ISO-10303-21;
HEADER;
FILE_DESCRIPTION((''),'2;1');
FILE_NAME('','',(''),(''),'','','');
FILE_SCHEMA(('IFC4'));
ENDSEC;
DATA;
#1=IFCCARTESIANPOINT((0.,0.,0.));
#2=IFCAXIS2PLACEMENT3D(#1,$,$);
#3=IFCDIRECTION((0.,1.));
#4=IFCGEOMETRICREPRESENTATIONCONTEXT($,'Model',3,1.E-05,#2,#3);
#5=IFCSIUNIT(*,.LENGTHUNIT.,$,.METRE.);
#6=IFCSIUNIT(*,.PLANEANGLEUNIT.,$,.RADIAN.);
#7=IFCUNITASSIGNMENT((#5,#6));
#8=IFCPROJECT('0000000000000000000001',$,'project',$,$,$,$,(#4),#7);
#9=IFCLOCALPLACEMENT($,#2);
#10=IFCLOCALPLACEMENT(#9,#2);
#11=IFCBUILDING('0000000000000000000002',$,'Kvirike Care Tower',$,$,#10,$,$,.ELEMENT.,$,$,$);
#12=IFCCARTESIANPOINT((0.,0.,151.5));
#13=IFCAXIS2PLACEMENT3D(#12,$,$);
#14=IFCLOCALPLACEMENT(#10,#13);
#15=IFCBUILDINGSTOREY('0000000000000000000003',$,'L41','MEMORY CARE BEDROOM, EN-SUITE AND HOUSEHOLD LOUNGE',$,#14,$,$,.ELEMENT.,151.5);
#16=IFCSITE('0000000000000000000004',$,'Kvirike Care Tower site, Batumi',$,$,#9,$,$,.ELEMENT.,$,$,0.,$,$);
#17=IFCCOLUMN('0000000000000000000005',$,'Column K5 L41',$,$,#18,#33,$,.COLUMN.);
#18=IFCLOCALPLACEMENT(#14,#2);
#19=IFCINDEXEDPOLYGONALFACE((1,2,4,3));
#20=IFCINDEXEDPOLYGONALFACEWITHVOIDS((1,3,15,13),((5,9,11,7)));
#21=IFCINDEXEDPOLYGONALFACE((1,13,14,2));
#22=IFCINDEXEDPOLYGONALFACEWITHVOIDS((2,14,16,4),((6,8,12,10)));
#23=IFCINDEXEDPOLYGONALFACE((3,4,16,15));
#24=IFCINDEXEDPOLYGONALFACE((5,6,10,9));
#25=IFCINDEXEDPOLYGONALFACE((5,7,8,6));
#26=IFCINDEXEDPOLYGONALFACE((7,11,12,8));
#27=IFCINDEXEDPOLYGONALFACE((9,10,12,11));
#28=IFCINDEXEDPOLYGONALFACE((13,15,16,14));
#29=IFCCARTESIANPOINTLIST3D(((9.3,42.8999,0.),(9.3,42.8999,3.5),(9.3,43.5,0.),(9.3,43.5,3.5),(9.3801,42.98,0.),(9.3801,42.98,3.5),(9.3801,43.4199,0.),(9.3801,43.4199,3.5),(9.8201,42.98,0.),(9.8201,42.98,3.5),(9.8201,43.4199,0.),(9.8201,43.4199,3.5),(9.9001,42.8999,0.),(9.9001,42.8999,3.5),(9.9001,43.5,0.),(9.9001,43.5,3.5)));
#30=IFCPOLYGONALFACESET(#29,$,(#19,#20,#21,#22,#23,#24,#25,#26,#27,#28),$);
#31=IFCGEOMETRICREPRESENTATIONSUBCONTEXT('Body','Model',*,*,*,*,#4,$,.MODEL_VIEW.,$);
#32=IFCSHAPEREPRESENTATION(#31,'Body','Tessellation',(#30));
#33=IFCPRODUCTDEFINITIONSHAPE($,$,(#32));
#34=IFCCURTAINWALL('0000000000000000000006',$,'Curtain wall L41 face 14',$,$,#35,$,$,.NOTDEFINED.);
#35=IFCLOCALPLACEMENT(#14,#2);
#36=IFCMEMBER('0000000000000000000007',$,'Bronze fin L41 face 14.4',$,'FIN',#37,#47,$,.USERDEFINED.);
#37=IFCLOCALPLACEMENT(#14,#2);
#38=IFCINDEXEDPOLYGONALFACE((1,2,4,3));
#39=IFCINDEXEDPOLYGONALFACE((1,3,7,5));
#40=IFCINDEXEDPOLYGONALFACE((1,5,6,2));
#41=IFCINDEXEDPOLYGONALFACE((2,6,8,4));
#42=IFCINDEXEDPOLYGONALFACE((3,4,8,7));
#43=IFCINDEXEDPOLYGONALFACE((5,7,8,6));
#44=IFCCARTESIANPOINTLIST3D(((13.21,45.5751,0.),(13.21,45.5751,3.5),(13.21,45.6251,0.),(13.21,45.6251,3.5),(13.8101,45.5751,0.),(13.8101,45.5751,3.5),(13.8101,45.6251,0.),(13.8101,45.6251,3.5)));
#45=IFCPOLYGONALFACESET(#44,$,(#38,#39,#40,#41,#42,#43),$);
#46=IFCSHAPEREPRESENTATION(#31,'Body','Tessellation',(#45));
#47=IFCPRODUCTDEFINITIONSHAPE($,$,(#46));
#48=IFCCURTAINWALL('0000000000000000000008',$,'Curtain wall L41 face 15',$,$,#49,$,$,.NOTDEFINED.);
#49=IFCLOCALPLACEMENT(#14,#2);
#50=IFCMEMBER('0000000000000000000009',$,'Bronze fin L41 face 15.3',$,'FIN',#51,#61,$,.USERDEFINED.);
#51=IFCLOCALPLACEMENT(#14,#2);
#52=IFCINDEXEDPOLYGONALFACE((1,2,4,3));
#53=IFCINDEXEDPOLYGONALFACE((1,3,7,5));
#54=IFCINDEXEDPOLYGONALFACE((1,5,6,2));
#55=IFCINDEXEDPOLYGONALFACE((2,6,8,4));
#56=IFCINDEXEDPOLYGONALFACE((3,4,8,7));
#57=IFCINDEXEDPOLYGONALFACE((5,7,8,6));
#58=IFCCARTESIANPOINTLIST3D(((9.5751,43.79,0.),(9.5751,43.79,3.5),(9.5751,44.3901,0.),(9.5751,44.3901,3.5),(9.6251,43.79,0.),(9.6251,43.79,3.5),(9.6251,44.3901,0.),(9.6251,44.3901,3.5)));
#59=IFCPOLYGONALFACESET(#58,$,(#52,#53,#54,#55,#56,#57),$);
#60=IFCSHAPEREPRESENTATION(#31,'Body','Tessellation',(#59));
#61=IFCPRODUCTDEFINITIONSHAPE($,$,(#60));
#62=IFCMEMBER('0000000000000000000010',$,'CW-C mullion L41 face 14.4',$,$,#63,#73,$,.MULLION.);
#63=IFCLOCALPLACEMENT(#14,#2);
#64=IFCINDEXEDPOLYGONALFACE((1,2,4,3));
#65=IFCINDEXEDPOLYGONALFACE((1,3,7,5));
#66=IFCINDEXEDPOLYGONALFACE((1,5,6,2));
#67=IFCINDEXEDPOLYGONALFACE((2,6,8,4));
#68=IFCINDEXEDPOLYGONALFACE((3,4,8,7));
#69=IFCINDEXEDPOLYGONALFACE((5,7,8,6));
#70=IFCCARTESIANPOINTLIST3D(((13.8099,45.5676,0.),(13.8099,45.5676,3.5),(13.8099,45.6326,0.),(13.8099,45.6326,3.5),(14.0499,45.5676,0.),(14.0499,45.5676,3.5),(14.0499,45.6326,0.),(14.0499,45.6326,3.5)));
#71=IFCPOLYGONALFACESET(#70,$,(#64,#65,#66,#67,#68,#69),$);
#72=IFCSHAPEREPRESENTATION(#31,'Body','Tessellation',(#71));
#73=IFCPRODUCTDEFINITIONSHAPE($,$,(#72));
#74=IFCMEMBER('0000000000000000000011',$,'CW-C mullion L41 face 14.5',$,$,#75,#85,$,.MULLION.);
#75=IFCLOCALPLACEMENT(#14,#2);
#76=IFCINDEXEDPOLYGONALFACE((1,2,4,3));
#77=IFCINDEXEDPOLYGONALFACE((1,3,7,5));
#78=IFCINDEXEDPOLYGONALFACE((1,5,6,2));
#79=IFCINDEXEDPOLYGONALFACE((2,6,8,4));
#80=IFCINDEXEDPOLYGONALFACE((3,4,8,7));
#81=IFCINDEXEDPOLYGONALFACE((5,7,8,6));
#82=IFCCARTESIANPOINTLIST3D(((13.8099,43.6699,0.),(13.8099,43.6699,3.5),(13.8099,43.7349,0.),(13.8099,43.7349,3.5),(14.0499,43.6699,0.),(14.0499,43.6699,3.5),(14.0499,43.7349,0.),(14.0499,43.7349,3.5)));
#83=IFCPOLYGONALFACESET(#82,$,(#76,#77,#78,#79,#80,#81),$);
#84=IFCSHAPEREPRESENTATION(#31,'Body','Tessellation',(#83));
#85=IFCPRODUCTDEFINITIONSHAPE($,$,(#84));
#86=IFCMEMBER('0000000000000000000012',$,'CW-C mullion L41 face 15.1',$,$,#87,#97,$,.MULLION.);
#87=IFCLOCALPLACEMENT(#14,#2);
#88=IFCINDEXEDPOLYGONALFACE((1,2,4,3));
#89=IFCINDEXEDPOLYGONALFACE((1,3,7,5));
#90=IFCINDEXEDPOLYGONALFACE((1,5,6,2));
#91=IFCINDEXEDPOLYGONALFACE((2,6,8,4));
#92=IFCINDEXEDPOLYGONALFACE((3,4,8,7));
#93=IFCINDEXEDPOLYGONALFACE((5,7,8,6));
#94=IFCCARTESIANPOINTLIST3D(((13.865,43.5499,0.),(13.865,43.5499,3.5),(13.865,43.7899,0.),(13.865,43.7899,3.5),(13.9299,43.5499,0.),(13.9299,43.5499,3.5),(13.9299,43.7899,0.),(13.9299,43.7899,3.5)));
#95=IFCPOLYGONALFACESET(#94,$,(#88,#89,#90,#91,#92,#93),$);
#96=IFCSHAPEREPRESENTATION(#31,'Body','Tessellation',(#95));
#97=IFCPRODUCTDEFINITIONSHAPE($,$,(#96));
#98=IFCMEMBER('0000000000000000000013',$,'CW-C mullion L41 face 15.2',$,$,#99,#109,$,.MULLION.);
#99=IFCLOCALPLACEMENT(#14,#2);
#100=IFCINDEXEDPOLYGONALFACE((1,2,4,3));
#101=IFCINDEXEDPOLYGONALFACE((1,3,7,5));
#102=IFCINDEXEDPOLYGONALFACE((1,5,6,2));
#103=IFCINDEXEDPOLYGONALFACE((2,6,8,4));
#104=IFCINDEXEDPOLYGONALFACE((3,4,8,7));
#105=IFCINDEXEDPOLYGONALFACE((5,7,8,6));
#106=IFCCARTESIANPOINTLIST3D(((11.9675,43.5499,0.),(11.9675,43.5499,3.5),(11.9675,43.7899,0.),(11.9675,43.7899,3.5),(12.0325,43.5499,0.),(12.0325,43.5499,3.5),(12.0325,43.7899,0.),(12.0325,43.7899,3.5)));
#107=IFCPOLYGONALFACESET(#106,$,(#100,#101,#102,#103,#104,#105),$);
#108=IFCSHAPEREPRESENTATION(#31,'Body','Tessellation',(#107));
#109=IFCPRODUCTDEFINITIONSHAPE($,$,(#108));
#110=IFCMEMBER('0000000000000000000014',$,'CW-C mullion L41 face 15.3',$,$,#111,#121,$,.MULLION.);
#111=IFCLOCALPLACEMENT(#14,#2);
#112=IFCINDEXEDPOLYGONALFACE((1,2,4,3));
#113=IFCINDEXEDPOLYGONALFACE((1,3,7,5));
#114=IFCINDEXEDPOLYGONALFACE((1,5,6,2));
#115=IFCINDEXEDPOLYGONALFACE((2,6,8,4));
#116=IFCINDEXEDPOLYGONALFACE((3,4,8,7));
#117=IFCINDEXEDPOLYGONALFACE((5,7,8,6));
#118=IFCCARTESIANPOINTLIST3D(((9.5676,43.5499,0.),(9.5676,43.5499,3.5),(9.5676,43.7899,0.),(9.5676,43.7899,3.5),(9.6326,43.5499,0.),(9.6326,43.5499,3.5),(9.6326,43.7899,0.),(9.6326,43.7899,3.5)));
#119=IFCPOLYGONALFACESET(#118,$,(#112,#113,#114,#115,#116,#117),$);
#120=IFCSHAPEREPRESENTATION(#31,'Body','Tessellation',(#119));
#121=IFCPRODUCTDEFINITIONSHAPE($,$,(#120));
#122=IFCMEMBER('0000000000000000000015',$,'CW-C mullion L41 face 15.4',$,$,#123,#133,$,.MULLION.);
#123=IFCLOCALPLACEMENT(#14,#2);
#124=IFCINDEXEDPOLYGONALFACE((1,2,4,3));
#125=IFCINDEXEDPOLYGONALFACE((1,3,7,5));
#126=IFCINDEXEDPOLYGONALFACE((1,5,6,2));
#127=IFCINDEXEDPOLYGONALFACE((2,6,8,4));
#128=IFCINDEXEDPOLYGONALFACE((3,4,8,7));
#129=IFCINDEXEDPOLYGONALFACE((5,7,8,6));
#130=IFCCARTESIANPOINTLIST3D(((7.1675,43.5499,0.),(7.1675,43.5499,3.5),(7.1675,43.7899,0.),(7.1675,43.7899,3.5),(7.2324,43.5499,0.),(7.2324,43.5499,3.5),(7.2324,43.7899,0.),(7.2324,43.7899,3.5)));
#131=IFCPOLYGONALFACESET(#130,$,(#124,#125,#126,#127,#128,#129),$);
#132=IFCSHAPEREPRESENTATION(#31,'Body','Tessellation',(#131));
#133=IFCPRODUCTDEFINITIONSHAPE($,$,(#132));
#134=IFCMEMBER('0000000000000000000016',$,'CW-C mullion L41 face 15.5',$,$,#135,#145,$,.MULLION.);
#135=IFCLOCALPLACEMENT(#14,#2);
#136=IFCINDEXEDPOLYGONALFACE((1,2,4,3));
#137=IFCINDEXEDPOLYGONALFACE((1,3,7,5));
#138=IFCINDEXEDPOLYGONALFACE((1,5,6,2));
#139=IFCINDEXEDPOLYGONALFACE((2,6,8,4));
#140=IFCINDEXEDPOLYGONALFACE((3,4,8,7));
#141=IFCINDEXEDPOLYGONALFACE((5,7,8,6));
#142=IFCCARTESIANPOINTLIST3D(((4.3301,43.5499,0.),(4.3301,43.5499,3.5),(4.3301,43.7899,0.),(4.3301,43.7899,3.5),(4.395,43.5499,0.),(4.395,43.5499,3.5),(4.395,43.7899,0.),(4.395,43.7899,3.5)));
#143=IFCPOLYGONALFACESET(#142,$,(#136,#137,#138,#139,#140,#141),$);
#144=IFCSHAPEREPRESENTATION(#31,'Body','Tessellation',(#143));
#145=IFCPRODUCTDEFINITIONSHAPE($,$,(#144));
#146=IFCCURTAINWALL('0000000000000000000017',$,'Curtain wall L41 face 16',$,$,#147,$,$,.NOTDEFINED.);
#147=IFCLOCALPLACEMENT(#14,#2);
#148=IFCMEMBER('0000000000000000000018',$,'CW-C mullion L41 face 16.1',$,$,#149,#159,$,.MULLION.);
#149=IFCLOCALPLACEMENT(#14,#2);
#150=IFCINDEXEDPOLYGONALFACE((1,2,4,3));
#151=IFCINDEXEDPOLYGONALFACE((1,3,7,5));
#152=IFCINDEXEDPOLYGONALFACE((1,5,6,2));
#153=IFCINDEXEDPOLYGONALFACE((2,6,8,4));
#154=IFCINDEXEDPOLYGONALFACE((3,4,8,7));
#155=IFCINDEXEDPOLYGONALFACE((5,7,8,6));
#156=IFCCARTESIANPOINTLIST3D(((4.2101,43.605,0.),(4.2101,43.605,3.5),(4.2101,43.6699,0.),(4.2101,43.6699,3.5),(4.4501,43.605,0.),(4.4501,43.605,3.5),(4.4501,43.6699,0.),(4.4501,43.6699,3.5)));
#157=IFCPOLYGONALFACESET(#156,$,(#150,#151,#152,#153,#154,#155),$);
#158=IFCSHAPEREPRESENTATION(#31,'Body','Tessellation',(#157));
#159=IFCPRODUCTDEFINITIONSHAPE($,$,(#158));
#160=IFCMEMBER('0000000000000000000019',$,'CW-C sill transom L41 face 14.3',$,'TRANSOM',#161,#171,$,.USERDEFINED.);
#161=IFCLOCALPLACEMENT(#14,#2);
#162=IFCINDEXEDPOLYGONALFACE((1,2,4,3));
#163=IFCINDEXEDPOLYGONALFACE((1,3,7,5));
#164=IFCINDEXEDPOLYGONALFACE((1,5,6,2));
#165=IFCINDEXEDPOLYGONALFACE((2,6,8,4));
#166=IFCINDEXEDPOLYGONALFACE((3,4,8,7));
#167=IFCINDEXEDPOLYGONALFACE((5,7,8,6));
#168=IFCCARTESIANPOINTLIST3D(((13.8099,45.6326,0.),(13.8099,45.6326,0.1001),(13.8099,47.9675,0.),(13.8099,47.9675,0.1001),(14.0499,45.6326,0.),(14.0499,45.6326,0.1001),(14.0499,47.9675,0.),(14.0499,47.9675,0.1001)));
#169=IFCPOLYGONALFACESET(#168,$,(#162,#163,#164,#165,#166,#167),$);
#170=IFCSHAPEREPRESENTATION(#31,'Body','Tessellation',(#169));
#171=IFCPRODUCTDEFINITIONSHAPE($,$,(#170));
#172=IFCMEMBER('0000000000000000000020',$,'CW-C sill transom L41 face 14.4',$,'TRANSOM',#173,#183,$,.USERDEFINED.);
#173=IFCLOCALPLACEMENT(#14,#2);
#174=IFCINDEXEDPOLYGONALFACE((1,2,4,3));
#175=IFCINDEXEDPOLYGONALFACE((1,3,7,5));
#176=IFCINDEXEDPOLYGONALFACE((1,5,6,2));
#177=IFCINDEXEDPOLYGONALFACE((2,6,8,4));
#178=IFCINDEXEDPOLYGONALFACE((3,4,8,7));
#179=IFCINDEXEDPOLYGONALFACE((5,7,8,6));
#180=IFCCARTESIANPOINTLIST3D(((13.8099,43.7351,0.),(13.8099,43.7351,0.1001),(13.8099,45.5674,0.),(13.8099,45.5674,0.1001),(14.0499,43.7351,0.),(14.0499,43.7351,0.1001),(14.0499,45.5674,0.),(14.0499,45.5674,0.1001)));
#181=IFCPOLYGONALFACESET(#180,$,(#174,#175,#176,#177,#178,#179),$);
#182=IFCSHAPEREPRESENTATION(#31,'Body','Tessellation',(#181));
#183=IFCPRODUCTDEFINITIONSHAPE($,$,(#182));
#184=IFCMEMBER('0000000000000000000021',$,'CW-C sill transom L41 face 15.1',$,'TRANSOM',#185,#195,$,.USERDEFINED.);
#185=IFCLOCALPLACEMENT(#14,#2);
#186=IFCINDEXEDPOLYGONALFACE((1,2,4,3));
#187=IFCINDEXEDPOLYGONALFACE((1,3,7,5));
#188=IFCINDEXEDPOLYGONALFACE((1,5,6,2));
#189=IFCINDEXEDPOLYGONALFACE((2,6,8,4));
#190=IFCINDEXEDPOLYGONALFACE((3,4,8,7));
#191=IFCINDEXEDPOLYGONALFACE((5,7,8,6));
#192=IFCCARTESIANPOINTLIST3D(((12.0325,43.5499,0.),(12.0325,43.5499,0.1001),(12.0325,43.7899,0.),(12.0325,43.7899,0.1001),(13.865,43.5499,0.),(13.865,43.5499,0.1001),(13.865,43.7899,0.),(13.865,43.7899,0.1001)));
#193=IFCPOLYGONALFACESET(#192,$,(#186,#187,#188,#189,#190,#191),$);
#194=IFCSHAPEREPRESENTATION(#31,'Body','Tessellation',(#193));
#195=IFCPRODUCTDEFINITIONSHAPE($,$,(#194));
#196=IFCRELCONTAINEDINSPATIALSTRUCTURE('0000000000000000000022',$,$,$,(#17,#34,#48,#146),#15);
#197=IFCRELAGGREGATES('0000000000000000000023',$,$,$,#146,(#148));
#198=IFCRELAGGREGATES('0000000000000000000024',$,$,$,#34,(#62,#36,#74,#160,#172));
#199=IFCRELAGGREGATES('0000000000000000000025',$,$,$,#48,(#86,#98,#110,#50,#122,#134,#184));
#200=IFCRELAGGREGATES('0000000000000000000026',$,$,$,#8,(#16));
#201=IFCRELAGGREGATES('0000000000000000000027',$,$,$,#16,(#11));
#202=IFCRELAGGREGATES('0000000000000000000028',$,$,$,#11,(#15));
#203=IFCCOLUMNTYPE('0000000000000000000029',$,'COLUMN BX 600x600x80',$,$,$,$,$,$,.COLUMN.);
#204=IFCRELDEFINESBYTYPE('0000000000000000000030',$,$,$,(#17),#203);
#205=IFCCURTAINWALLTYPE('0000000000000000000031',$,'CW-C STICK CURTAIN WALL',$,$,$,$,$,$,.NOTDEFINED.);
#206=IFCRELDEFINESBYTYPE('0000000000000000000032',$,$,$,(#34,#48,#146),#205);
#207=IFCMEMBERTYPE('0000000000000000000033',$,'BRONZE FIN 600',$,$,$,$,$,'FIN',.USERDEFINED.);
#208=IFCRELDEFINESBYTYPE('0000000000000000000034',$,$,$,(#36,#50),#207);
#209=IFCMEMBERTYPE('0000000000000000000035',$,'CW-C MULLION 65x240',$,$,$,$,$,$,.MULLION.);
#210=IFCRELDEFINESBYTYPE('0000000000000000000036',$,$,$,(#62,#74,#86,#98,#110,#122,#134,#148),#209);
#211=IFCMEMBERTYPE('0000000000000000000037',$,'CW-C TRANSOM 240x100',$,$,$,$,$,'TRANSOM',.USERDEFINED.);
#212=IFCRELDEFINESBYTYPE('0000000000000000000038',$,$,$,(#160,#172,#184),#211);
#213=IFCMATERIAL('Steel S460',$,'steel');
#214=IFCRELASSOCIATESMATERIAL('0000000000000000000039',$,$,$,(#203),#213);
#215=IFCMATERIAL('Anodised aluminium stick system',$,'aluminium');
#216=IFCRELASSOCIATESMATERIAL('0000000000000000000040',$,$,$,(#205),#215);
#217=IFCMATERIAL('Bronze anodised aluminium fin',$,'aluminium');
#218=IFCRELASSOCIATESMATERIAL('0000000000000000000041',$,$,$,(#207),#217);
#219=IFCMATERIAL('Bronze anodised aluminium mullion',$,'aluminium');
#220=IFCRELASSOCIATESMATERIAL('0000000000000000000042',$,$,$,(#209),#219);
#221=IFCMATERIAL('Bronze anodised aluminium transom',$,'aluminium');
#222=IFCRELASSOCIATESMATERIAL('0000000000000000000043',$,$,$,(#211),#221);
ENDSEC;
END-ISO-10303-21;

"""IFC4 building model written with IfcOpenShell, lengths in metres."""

from ifc_helpers import new_model, si_unit, direction, frame, origin, origin_2d, place, context, subcontext, project, spatial, rectangle, hollow_rectangle, extrude, material, material_profile, profile_set, type_object, element, aggregate, save


model = new_model("IFC4")

# Units and contexts
model_context = context("Model", 3, precision=1e-05, world=origin(), true_north=direction((0.0, 1.0)))
body_context = subcontext(model_context, "Body", "Model", "MODEL_VIEW")
ifc_project = project(units=[si_unit("LENGTHUNIT", "METRE"), si_unit("PLANEANGLEUNIT", "RADIAN")], contexts=[model_context])

# Site, building, storey
site_placement = place(None, origin())
site = spatial("IfcSite", under=ifc_project, at=site_placement, Name="Kvirike Care Tower site, Batumi", CompositionType="ELEMENT", RefElevation=0.0)
building_placement = place(site_placement, origin())
building = spatial("IfcBuilding", under=site, at=building_placement, Name="Kvirike Care Tower", CompositionType="ELEMENT")
storey_placement = place(building_placement, frame((0.0, 0.0, 151.5)))
storey = spatial("IfcBuildingStorey", under=building, at=storey_placement, Name="L41", Description="MEMORY CARE BEDROOM, EN-SUITE AND HOUSEHOLD LOUNGE", CompositionType="ELEMENT", Elevation=151.5)

# Column
ifc_material_1 = material(Name="Steel S460", Category="steel")
ifc_material_profile_1 = material_profile(ifc_material_1, hollow_rectangle(XDim=0.6001, YDim=0.6001, WallThickness=0.0801, at=origin_2d()), Name="BX 600x600x80")
ifc_profile_set_1 = profile_set([ifc_material_profile_1], Name="Steel S460")
column_type = type_object("IfcColumnType", Name="COLUMN BX 600x600x80", PredefinedType="COLUMN", material=ifc_profile_set_1)
column_placement = place(storey_placement, frame((9.6001, 43.2, 0.0), z_axis=(0.0, 0.0, 1.0), x_axis=(0.0, 1.0, 0.0)))
element("IfcColumn", 1, at=column_placement, inside=storey, type_object=column_type, Name="Column K5 L41", PredefinedType="COLUMN", context=body_context, shape_type="SweptSolid", body=[
    extrude(hollow_rectangle(XDim=0.6001, YDim=0.6001, WallThickness=0.0801, at=origin_2d()), origin(), (0.0, 0.0, 1.0), 3.5),
])

# Curtain walls, members
ifc_material_2 = material(Name="Anodised aluminium stick system", Category="aluminium")
curtain_wall_type = type_object("IfcCurtainWallType", Name="CW-C STICK CURTAIN WALL", PredefinedType="NOTDEFINED", material=ifc_material_2)
curtain_wall_1_placement = place(storey_placement, origin())
curtain_wall_1 = element("IfcCurtainWall", 2, at=curtain_wall_1_placement, inside=storey, type_object=curtain_wall_type, Name="Curtain wall L41 face 14", PredefinedType="NOTDEFINED")
ifc_material_3 = material(Name="Bronze anodised aluminium fin", Category="aluminium")
ifc_material_profile_2 = material_profile(ifc_material_3, rectangle(XDim=0.05, YDim=0.6001, at=origin_2d()), Name="BRONZE FIN 600")
ifc_profile_set_2 = profile_set([ifc_material_profile_2], Name="Bronze anodised aluminium fin")
member_type_1 = type_object("IfcMemberType", Name="BRONZE FIN 600", ElementType="FIN", PredefinedType="USERDEFINED", material=ifc_profile_set_2)
member_1_placement = place(storey_placement, frame((13.51, 45.6001, 0.0), z_axis=(0.0, 0.0, 1.0), x_axis=(0.0, -1.0, 0.0)))
member_1 = element("IfcMember", 3, at=member_1_placement, type_object=member_type_1, Name="Bronze fin L41 face 14.4", ObjectType="FIN", PredefinedType="USERDEFINED", context=body_context, shape_type="SweptSolid", body=[
    extrude(rectangle(XDim=0.05, YDim=0.6001, at=origin_2d()), origin(), (0.0, 0.0, 1.0), 3.5),
])
curtain_wall_2_placement = place(storey_placement, origin())
curtain_wall_2 = element("IfcCurtainWall", 4, at=curtain_wall_2_placement, inside=storey, type_object=curtain_wall_type, Name="Curtain wall L41 face 15", PredefinedType="NOTDEFINED")
member_2_placement = place(storey_placement, frame((9.6001, 44.0901, 0.0), z_axis=(0.0, 0.0, 1.0), x_axis=(-1.0, 0.0, 0.0)))
member_2 = element("IfcMember", 5, at=member_2_placement, type_object=member_type_1, Name="Bronze fin L41 face 15.3", ObjectType="FIN", PredefinedType="USERDEFINED", context=body_context, shape_type="SweptSolid", body=[
    extrude(rectangle(XDim=0.05, YDim=0.6001, at=origin_2d()), origin(), (0.0, 0.0, 1.0), 3.5),
])

# Members
ifc_material_4 = material(Name="Bronze anodised aluminium mullion", Category="aluminium")
ifc_material_profile_3 = material_profile(ifc_material_4, rectangle(XDim=0.0649, YDim=0.24, at=origin_2d()), Name="CW-C MULLION 65x240")
ifc_profile_set_3 = profile_set([ifc_material_profile_3], Name="Bronze anodised aluminium mullion")
member_type_2 = type_object("IfcMemberType", Name="CW-C MULLION 65x240", PredefinedType="MULLION", material=ifc_profile_set_3)
member_3_placement = place(storey_placement, frame((13.9299, 45.6001, 0.0), z_axis=(0.0, 0.0, 1.0), x_axis=(0.0, -1.0, 0.0)))
member_3 = element("IfcMember", 6, at=member_3_placement, type_object=member_type_2, Name="CW-C mullion L41 face 14.4", PredefinedType="MULLION", context=body_context, shape_type="SweptSolid", body=[
    extrude(rectangle(XDim=0.0649, YDim=0.24, at=origin_2d()), origin(), (0.0, 0.0, 1.0), 3.5),
])
member_4_placement = place(storey_placement, frame((13.9299, 43.7024, 0.0), z_axis=(0.0, 0.0, 1.0), x_axis=(0.0, -1.0, 0.0)))
member_4 = element("IfcMember", 7, at=member_4_placement, type_object=member_type_2, Name="CW-C mullion L41 face 14.5", PredefinedType="MULLION", context=body_context, shape_type="SweptSolid", body=[
    extrude(rectangle(XDim=0.0649, YDim=0.24, at=origin_2d()), origin(), (0.0, 0.0, 1.0), 3.5),
])
member_5_placement = place(storey_placement, frame((13.8975, 43.6699, 0.0), z_axis=(0.0, 0.0, 1.0), x_axis=(-1.0, 0.0, 0.0)))
member_5 = element("IfcMember", 8, at=member_5_placement, type_object=member_type_2, Name="CW-C mullion L41 face 15.1", PredefinedType="MULLION", context=body_context, shape_type="SweptSolid", body=[
    extrude(rectangle(XDim=0.0649, YDim=0.24, at=origin_2d()), origin(), (0.0, 0.0, 1.0), 3.5),
])
member_6_placement = place(storey_placement, frame((12.0, 43.6699, 0.0), z_axis=(0.0, 0.0, 1.0), x_axis=(-1.0, 0.0, 0.0)))
member_6 = element("IfcMember", 9, at=member_6_placement, type_object=member_type_2, Name="CW-C mullion L41 face 15.2", PredefinedType="MULLION", context=body_context, shape_type="SweptSolid", body=[
    extrude(rectangle(XDim=0.0649, YDim=0.24, at=origin_2d()), origin(), (0.0, 0.0, 1.0), 3.5),
])
member_7_placement = place(storey_placement, frame((9.6001, 43.6699, 0.0), z_axis=(0.0, 0.0, 1.0), x_axis=(-1.0, 0.0, 0.0)))
member_7 = element("IfcMember", 10, at=member_7_placement, type_object=member_type_2, Name="CW-C mullion L41 face 15.3", PredefinedType="MULLION", context=body_context, shape_type="SweptSolid", body=[
    extrude(rectangle(XDim=0.0649, YDim=0.24, at=origin_2d()), origin(), (0.0, 0.0, 1.0), 3.5),
])
member_8_placement = place(storey_placement, frame((7.2, 43.6699, 0.0), z_axis=(0.0, 0.0, 1.0), x_axis=(-1.0, 0.0, 0.0)))
member_8 = element("IfcMember", 11, at=member_8_placement, type_object=member_type_2, Name="CW-C mullion L41 face 15.4", PredefinedType="MULLION", context=body_context, shape_type="SweptSolid", body=[
    extrude(rectangle(XDim=0.0649, YDim=0.24, at=origin_2d()), origin(), (0.0, 0.0, 1.0), 3.5),
])
member_9_placement = place(storey_placement, frame((4.3625, 43.6699, 0.0), z_axis=(0.0, 0.0, 1.0), x_axis=(-1.0, 0.0, 0.0)))
member_9 = element("IfcMember", 12, at=member_9_placement, type_object=member_type_2, Name="CW-C mullion L41 face 15.5", PredefinedType="MULLION", context=body_context, shape_type="SweptSolid", body=[
    extrude(rectangle(XDim=0.0649, YDim=0.24, at=origin_2d()), origin(), (0.0, 0.0, 1.0), 3.5),
])

# Curtain wall, member
curtain_wall_3_placement = place(storey_placement, origin())
curtain_wall_3 = element("IfcCurtainWall", 13, at=curtain_wall_3_placement, inside=storey, type_object=curtain_wall_type, Name="Curtain wall L41 face 16", PredefinedType="NOTDEFINED")
member_10_placement = place(storey_placement, frame((4.3301, 43.6375, 0.0), z_axis=(0.0, 0.0, 1.0), x_axis=(0.0, -1.0, 0.0)))
member_10 = element("IfcMember", 14, at=member_10_placement, type_object=member_type_2, Name="CW-C mullion L41 face 16.1", PredefinedType="MULLION", context=body_context, shape_type="SweptSolid", body=[
    extrude(rectangle(XDim=0.0649, YDim=0.24, at=origin_2d()), origin(), (0.0, 0.0, 1.0), 3.5),
])

# Members
ifc_material_5 = material(Name="Bronze anodised aluminium transom", Category="aluminium")
ifc_material_profile_4 = material_profile(ifc_material_5, rectangle(XDim=0.24, YDim=0.1001, at=origin_2d()), Name="CW-C TRANSOM 240x100")
ifc_profile_set_4 = profile_set([ifc_material_profile_4], Name="Bronze anodised aluminium transom")
member_type_3 = type_object("IfcMemberType", Name="CW-C TRANSOM 240x100", ElementType="TRANSOM", PredefinedType="USERDEFINED", material=ifc_profile_set_4)
member_11_placement = place(storey_placement, frame((13.9299, 47.9675, 0.05), z_axis=(0.0, -1.0, 0.0), x_axis=(1.0, 0.0, 0.0)))
member_11 = element("IfcMember", 15, at=member_11_placement, type_object=member_type_3, Name="CW-C sill transom L41 face 14.3", ObjectType="TRANSOM", PredefinedType="USERDEFINED", context=body_context, shape_type="SweptSolid", body=[
    extrude(rectangle(XDim=0.24, YDim=0.1001, at=origin_2d()), origin(), (0.0, 0.0, 1.0), 2.335),
])
member_12_placement = place(storey_placement, frame((13.9299, 45.5674, 0.05), z_axis=(0.0, -1.0, 0.0), x_axis=(1.0, 0.0, 0.0)))
member_12 = element("IfcMember", 16, at=member_12_placement, type_object=member_type_3, Name="CW-C sill transom L41 face 14.4", ObjectType="TRANSOM", PredefinedType="USERDEFINED", context=body_context, shape_type="SweptSolid", body=[
    extrude(rectangle(XDim=0.24, YDim=0.1001, at=origin_2d()), origin(), (0.0, 0.0, 1.0), 1.8323),
])
member_13_placement = place(storey_placement, frame((13.865, 43.6699, 0.05), z_axis=(-1.0, 0.0, 0.0), x_axis=(0.0, -1.0, 0.0)))
member_13 = element("IfcMember", 17, at=member_13_placement, type_object=member_type_3, Name="CW-C sill transom L41 face 15.1", ObjectType="TRANSOM", PredefinedType="USERDEFINED", context=body_context, shape_type="SweptSolid", body=[
    extrude(rectangle(XDim=0.24, YDim=0.1001, at=origin_2d()), origin(), (0.0, 0.0, 1.0), 1.8325),
])
aggregate(curtain_wall_3, [member_10])

aggregate(curtain_wall_1, [member_3, member_1, member_4, member_11, member_12])
aggregate(curtain_wall_2, [member_5, member_6, member_7, member_2, member_8, member_9, member_13])

save(model, "model.ifc")
